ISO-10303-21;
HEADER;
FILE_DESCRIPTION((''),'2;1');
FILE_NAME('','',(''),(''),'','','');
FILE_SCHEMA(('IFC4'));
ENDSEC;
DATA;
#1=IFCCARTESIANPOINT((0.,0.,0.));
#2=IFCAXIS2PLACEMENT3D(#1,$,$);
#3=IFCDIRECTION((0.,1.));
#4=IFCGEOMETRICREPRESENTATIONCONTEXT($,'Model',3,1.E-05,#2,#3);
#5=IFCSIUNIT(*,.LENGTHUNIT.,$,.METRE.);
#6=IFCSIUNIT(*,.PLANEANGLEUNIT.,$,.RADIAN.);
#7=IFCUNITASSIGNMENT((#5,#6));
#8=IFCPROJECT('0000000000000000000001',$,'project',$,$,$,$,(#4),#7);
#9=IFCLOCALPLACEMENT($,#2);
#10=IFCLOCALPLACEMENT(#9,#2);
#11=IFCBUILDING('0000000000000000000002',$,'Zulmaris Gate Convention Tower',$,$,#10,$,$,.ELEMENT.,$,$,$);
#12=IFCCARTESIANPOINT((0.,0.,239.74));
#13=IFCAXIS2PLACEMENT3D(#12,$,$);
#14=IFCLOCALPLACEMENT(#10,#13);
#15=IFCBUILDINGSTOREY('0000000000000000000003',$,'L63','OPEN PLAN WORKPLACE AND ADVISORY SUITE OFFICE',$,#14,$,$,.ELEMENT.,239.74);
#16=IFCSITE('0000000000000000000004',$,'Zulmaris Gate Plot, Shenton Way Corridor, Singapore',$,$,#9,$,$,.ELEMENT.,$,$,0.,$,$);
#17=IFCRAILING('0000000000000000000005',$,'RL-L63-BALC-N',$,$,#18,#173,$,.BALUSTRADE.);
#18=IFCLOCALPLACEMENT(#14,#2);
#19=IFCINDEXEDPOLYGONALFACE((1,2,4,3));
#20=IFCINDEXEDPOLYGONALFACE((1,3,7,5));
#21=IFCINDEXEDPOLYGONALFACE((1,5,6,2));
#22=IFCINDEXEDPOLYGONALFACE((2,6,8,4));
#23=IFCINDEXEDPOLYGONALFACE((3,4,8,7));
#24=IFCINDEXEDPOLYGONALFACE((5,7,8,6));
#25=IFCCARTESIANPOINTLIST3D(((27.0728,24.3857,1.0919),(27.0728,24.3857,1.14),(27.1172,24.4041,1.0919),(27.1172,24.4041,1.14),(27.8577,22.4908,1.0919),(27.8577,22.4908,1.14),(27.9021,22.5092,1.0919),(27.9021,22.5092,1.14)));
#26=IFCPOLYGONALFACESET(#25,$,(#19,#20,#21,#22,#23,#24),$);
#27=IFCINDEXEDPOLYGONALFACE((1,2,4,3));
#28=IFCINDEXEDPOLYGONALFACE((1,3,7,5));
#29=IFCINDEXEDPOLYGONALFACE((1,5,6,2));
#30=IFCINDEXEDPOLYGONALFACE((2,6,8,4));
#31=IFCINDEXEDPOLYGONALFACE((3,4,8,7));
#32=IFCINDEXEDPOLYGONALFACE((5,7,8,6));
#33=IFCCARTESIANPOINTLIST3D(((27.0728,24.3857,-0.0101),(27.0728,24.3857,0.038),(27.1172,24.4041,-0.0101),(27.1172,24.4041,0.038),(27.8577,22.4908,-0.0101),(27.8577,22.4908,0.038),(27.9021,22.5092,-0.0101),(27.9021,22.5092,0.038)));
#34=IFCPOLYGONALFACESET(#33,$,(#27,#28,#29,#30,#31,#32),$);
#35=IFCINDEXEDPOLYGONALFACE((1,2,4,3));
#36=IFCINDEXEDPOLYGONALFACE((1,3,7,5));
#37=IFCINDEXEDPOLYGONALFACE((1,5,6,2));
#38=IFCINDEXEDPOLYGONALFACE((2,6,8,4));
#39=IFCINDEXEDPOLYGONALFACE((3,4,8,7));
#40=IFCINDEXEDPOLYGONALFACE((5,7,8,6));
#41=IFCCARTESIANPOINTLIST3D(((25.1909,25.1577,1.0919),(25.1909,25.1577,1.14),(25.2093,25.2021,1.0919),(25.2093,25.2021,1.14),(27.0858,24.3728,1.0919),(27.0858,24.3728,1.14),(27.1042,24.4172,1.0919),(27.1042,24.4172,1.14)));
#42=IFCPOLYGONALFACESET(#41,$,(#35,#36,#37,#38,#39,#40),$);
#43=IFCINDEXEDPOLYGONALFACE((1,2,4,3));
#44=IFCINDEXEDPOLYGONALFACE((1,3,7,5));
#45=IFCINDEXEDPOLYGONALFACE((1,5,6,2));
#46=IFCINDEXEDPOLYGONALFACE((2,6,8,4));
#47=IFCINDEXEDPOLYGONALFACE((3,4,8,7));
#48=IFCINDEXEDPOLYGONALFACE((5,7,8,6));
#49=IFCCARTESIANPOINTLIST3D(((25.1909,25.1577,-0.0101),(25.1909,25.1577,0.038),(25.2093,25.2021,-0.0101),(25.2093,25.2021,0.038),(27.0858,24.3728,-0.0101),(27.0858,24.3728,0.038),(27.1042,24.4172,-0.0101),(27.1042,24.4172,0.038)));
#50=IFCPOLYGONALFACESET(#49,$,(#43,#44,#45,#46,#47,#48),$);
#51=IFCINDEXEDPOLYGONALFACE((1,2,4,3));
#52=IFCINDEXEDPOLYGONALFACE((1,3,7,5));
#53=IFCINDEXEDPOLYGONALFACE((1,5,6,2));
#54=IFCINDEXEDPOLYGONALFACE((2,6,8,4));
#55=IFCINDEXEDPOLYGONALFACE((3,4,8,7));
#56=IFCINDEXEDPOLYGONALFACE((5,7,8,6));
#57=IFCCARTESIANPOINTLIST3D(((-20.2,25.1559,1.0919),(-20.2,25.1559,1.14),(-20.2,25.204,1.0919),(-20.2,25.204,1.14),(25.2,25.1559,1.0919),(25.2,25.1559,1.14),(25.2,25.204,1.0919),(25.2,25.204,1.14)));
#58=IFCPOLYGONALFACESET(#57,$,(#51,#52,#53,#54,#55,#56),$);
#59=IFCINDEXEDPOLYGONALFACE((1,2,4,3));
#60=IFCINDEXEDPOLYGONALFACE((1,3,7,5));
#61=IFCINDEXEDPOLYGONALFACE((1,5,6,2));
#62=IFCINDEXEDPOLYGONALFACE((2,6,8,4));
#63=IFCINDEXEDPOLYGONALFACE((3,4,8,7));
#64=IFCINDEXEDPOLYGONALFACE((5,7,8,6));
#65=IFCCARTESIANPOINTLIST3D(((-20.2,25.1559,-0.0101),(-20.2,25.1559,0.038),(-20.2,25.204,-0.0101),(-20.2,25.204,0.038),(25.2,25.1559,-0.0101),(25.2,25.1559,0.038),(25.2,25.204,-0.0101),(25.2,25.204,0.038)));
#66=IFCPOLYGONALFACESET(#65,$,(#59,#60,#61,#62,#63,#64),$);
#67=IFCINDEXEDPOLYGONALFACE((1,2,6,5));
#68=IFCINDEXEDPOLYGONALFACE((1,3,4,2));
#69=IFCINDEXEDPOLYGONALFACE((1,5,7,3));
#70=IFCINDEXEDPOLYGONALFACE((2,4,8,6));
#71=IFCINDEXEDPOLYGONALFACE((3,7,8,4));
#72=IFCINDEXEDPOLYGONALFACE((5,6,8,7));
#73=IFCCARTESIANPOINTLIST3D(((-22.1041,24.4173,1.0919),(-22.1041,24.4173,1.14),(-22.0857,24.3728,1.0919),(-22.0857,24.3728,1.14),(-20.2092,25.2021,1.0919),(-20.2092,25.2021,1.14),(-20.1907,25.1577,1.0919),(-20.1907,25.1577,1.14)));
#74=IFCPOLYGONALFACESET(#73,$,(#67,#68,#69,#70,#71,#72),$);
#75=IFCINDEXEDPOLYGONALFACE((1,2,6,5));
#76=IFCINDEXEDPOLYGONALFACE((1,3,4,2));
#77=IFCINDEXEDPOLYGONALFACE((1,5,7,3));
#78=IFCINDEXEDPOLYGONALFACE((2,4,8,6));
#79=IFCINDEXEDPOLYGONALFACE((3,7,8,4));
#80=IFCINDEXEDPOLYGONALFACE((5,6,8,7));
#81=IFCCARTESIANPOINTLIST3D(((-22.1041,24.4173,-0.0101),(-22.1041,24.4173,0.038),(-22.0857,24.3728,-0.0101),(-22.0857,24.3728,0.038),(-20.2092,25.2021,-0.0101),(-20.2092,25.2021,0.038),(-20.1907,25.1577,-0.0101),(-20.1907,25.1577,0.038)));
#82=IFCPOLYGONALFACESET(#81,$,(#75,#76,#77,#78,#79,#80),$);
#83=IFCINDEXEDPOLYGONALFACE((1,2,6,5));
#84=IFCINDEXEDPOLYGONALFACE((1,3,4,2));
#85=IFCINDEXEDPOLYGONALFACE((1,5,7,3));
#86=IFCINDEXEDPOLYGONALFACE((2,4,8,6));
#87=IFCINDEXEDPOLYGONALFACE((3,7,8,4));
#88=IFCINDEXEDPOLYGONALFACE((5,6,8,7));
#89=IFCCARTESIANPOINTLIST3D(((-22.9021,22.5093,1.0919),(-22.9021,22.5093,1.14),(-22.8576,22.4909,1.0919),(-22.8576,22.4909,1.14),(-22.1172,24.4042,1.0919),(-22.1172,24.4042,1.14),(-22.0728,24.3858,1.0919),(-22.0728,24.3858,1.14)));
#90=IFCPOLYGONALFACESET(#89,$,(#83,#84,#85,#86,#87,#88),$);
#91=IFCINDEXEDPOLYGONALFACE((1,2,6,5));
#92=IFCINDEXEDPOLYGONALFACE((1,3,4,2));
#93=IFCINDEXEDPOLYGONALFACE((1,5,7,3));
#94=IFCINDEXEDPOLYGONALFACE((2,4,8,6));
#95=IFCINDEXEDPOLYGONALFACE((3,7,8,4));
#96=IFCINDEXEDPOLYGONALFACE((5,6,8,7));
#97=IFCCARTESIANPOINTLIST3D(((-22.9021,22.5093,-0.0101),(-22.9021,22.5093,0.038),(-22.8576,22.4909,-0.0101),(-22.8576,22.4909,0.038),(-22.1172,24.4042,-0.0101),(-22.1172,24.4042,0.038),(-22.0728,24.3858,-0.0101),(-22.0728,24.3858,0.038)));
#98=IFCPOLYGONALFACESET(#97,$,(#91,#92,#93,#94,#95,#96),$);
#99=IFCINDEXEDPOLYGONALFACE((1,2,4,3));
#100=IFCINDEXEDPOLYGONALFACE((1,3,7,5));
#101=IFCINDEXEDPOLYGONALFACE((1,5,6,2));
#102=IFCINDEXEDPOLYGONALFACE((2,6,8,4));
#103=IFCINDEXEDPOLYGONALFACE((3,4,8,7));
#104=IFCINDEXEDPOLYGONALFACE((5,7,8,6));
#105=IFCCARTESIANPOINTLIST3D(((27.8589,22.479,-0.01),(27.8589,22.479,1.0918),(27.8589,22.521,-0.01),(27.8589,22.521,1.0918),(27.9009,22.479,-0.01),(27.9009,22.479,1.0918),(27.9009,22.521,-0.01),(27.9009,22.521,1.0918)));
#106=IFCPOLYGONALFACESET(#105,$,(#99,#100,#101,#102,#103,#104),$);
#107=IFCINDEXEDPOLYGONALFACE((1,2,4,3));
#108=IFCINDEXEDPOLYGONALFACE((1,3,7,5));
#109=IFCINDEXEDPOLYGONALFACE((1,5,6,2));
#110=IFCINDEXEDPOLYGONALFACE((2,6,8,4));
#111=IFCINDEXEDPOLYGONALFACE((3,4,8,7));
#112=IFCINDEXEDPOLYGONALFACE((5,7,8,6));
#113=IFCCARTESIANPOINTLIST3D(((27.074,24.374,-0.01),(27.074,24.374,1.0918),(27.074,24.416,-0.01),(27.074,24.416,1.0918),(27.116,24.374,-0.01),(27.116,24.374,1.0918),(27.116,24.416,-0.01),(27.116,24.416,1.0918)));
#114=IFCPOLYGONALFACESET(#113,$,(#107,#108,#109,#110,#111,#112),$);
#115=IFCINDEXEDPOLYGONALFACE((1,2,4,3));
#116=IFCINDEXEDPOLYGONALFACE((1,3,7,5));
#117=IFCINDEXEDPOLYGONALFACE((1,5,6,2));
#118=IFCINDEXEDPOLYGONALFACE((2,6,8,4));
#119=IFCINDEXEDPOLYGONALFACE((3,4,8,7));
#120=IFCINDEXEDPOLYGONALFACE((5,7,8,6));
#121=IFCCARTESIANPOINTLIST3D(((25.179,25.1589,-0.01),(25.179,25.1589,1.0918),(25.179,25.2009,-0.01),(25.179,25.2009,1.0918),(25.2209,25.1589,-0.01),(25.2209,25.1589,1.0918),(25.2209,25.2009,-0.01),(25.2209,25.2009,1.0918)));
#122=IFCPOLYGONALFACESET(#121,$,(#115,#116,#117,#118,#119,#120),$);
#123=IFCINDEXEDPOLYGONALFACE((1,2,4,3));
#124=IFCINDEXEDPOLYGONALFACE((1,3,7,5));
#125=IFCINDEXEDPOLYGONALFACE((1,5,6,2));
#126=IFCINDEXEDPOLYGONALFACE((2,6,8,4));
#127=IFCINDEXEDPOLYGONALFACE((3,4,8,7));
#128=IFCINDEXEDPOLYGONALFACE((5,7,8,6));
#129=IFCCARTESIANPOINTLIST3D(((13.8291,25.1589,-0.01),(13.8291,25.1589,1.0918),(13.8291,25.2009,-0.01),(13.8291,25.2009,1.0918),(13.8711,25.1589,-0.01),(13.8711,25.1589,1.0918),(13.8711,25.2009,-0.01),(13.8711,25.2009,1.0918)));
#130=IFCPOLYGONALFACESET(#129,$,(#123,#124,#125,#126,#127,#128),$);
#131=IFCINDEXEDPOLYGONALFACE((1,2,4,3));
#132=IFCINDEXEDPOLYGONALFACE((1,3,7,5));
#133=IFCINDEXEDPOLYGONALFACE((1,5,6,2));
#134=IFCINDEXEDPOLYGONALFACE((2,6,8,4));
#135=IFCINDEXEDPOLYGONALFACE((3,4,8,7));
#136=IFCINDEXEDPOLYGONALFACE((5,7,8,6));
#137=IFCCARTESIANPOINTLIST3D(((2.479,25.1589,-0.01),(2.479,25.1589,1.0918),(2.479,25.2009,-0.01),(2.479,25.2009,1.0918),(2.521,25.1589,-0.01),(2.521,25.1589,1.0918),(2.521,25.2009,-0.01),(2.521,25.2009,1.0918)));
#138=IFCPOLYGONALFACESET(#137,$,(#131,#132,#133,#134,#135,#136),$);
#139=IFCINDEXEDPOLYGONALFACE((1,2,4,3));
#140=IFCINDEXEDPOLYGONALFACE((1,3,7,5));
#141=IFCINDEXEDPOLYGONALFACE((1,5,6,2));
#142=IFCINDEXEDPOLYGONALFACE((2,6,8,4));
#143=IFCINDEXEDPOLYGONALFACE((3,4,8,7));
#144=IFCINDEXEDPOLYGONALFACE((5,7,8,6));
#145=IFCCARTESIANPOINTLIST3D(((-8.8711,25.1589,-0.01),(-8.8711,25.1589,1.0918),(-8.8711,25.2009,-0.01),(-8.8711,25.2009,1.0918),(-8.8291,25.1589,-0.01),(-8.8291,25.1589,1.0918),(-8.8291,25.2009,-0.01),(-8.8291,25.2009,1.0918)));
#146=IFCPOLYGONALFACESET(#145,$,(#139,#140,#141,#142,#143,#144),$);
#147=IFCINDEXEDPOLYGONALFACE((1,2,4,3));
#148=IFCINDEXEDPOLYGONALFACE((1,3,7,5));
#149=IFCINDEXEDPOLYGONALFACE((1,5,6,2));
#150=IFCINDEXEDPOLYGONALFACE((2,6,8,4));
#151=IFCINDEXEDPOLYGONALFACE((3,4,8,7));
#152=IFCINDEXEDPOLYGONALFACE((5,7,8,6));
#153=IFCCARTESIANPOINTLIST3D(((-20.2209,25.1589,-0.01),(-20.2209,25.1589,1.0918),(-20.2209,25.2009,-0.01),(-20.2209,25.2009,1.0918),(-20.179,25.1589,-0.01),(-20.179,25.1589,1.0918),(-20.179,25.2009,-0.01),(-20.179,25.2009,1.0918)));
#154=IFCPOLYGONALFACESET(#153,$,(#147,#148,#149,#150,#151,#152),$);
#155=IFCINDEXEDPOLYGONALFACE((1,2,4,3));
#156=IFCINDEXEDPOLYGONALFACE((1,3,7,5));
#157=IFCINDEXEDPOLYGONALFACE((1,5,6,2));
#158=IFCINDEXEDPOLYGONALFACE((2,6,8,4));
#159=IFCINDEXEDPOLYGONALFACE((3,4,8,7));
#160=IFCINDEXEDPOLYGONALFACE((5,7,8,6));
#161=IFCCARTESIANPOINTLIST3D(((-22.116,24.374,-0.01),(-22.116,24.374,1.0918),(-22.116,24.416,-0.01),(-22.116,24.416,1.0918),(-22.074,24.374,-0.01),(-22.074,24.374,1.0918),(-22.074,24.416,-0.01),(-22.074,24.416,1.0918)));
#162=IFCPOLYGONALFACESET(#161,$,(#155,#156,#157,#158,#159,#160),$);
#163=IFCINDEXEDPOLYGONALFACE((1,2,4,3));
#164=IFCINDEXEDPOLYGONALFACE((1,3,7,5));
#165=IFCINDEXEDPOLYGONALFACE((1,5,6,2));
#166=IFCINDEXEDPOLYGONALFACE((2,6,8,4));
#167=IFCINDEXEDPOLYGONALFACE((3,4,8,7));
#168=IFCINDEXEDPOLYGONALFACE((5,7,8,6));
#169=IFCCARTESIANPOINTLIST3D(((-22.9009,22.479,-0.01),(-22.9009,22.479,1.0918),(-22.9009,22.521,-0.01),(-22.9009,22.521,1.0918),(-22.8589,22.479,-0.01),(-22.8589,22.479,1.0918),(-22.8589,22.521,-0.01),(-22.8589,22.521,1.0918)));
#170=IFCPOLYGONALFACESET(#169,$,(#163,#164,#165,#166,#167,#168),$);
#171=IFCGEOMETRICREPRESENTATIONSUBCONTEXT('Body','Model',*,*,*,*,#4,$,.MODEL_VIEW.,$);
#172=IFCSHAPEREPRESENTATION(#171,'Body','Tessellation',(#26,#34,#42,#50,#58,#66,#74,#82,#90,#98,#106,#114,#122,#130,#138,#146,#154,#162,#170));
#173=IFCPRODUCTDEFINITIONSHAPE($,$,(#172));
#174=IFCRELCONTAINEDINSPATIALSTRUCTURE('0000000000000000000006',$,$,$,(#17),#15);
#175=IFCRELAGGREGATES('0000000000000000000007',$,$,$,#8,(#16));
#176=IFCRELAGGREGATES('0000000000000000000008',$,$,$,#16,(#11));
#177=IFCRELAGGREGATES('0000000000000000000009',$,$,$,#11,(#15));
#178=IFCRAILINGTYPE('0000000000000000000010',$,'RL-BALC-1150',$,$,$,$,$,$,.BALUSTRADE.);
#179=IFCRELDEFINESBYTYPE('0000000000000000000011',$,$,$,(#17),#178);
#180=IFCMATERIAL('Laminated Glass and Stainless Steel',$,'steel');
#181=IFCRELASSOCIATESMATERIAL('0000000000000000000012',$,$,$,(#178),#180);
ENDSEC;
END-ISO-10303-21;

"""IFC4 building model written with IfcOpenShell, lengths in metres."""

from ifc_helpers import new_model, si_unit, direction, frame, origin, origin_2d, place, context, subcontext, project, spatial, rectangle, extrude, material, type_object, element, save


model = new_model("IFC4")

# Units and contexts
model_context = context("Model", 3, precision=1e-05, world=origin(), true_north=direction((0.0, 1.0)))
body_context = subcontext(model_context, "Body", "Model", "MODEL_VIEW")
ifc_project = project(units=[si_unit("LENGTHUNIT", "METRE"), si_unit("PLANEANGLEUNIT", "RADIAN")], contexts=[model_context])

# Site, building, storey
site_placement = place(None, origin())
site = spatial("IfcSite", under=ifc_project, at=site_placement, Name="Zulmaris Gate Plot, Shenton Way Corridor, Singapore", CompositionType="ELEMENT", RefElevation=0.0)
building_placement = place(site_placement, origin())
building = spatial("IfcBuilding", under=site, at=building_placement, Name="Zulmaris Gate Convention Tower", CompositionType="ELEMENT")
storey_placement = place(building_placement, frame((0.0, 0.0, 239.74)))
storey = spatial("IfcBuildingStorey", under=building, at=storey_placement, Name="L63", Description="OPEN PLAN WORKPLACE AND ADVISORY SUITE OFFICE", CompositionType="ELEMENT", Elevation=239.74)

# Railing
ifc_material_1 = material(Name="Laminated Glass and Stainless Steel", Category="steel")
railing_type = type_object("IfcRailingType", Name="RL-BALC-1150", PredefinedType="BALUSTRADE", material=ifc_material_1)
railing_placement = place(storey_placement, frame((27.8799, 22.5, -0.01)))
element("IfcRailing", 1, at=railing_placement, inside=storey, type_object=railing_type, Name="RL-L63-BALC-N", PredefinedType="BALUSTRADE", context=body_context, shape_type="SweptSolid", body=[
    extrude(rectangle(XDim=0.0481, YDim=0.0481, at=origin_2d()), frame((0.0, 0.0, 1.126), z_axis=(-0.382671, 0.923885, 0.0), x_axis=(-0.923885, -0.382671, 0.0)), (0.0, 0.0, 1.0), 2.051),
    extrude(rectangle(XDim=0.0481, YDim=0.0481, at=origin_2d()), frame((0.0, 0.0, 0.0239), z_axis=(-0.382671, 0.923885, 0.0), x_axis=(-0.923885, -0.382671, 0.0)), (0.0, 0.0, 1.0), 2.051),
    extrude(rectangle(XDim=0.0481, YDim=0.0481, at=origin_2d()), frame((-0.7849, 1.895, 1.126), z_axis=(-0.923885, 0.382671, 0.0), x_axis=(-0.382671, -0.923885, 0.0)), (0.0, 0.0, 1.0), 2.051),
    extrude(rectangle(XDim=0.0481, YDim=0.0481, at=origin_2d()), frame((-0.7849, 1.895, 0.0239), z_axis=(-0.923885, 0.382671, 0.0), x_axis=(-0.382671, -0.923885, 0.0)), (0.0, 0.0, 1.0), 2.051),
    extrude(rectangle(XDim=0.0481, YDim=0.0481, at=origin_2d()), frame((-2.6799, 2.6799, 1.126), z_axis=(-1.0, 0.0, 0.0), x_axis=(0.0, -1.0, 0.0)), (0.0, 0.0, 1.0), 45.3999),
    extrude(rectangle(XDim=0.0481, YDim=0.0481, at=origin_2d()), frame((-2.6799, 2.6799, 0.0239), z_axis=(-1.0, 0.0, 0.0), x_axis=(0.0, -1.0, 0.0)), (0.0, 0.0, 1.0), 45.3999),
    extrude(rectangle(XDim=0.0481, YDim=0.0481, at=origin_2d()), frame((-48.0798, 2.6799, 1.126), z_axis=(-0.923885, -0.382671, 0.0), x_axis=(0.382671, -0.923885, 0.0)), (0.0, 0.0, 1.0), 2.051),
    extrude(rectangle(XDim=0.0481, YDim=0.0481, at=origin_2d()), frame((-48.0798, 2.6799, 0.0239), z_axis=(-0.923885, -0.382671, 0.0), x_axis=(0.382671, -0.923885, 0.0)), (0.0, 0.0, 1.0), 2.051),
    extrude(rectangle(XDim=0.0481, YDim=0.0481, at=origin_2d()), frame((-49.9749, 1.895, 1.126), z_axis=(-0.382671, -0.923885, 0.0), x_axis=(0.923885, -0.382671, 0.0)), (0.0, 0.0, 1.0), 2.051),
    extrude(rectangle(XDim=0.0481, YDim=0.0481, at=origin_2d()), frame((-49.9749, 1.895, 0.0239), z_axis=(-0.382671, -0.923885, 0.0), x_axis=(0.923885, -0.382671, 0.0)), (0.0, 0.0, 1.0), 2.051),
    extrude(rectangle(XDim=0.042, YDim=0.042, at=origin_2d()), origin(), (0.0, 0.0, 1.0), 1.1018),
    extrude(rectangle(XDim=0.042, YDim=0.042, at=origin_2d()), frame((-0.7849, 1.895, 0.0)), (0.0, 0.0, 1.0), 1.1018),
    extrude(rectangle(XDim=0.042, YDim=0.042, at=origin_2d()), frame((-2.6799, 2.6799, 0.0)), (0.0, 0.0, 1.0), 1.1018),
    extrude(rectangle(XDim=0.042, YDim=0.042, at=origin_2d()), frame((-14.0298, 2.6799, 0.0)), (0.0, 0.0, 1.0), 1.1018),
    extrude(rectangle(XDim=0.042, YDim=0.042, at=origin_2d()), frame((-25.3799, 2.6799, 0.0)), (0.0, 0.0, 1.0), 1.1018),
    extrude(rectangle(XDim=0.042, YDim=0.042, at=origin_2d()), frame((-36.73, 2.6799, 0.0)), (0.0, 0.0, 1.0), 1.1018),
    extrude(rectangle(XDim=0.042, YDim=0.042, at=origin_2d()), frame((-48.0798, 2.6799, 0.0)), (0.0, 0.0, 1.0), 1.1018),
    extrude(rectangle(XDim=0.042, YDim=0.042, at=origin_2d()), frame((-49.9749, 1.895, 0.0)), (0.0, 0.0, 1.0), 1.1018),
    extrude(rectangle(XDim=0.042, YDim=0.042, at=origin_2d()), frame((-50.7598, 0.0, 0.0)), (0.0, 0.0, 1.0), 1.1018),
])

save(model, "model.ifc")
